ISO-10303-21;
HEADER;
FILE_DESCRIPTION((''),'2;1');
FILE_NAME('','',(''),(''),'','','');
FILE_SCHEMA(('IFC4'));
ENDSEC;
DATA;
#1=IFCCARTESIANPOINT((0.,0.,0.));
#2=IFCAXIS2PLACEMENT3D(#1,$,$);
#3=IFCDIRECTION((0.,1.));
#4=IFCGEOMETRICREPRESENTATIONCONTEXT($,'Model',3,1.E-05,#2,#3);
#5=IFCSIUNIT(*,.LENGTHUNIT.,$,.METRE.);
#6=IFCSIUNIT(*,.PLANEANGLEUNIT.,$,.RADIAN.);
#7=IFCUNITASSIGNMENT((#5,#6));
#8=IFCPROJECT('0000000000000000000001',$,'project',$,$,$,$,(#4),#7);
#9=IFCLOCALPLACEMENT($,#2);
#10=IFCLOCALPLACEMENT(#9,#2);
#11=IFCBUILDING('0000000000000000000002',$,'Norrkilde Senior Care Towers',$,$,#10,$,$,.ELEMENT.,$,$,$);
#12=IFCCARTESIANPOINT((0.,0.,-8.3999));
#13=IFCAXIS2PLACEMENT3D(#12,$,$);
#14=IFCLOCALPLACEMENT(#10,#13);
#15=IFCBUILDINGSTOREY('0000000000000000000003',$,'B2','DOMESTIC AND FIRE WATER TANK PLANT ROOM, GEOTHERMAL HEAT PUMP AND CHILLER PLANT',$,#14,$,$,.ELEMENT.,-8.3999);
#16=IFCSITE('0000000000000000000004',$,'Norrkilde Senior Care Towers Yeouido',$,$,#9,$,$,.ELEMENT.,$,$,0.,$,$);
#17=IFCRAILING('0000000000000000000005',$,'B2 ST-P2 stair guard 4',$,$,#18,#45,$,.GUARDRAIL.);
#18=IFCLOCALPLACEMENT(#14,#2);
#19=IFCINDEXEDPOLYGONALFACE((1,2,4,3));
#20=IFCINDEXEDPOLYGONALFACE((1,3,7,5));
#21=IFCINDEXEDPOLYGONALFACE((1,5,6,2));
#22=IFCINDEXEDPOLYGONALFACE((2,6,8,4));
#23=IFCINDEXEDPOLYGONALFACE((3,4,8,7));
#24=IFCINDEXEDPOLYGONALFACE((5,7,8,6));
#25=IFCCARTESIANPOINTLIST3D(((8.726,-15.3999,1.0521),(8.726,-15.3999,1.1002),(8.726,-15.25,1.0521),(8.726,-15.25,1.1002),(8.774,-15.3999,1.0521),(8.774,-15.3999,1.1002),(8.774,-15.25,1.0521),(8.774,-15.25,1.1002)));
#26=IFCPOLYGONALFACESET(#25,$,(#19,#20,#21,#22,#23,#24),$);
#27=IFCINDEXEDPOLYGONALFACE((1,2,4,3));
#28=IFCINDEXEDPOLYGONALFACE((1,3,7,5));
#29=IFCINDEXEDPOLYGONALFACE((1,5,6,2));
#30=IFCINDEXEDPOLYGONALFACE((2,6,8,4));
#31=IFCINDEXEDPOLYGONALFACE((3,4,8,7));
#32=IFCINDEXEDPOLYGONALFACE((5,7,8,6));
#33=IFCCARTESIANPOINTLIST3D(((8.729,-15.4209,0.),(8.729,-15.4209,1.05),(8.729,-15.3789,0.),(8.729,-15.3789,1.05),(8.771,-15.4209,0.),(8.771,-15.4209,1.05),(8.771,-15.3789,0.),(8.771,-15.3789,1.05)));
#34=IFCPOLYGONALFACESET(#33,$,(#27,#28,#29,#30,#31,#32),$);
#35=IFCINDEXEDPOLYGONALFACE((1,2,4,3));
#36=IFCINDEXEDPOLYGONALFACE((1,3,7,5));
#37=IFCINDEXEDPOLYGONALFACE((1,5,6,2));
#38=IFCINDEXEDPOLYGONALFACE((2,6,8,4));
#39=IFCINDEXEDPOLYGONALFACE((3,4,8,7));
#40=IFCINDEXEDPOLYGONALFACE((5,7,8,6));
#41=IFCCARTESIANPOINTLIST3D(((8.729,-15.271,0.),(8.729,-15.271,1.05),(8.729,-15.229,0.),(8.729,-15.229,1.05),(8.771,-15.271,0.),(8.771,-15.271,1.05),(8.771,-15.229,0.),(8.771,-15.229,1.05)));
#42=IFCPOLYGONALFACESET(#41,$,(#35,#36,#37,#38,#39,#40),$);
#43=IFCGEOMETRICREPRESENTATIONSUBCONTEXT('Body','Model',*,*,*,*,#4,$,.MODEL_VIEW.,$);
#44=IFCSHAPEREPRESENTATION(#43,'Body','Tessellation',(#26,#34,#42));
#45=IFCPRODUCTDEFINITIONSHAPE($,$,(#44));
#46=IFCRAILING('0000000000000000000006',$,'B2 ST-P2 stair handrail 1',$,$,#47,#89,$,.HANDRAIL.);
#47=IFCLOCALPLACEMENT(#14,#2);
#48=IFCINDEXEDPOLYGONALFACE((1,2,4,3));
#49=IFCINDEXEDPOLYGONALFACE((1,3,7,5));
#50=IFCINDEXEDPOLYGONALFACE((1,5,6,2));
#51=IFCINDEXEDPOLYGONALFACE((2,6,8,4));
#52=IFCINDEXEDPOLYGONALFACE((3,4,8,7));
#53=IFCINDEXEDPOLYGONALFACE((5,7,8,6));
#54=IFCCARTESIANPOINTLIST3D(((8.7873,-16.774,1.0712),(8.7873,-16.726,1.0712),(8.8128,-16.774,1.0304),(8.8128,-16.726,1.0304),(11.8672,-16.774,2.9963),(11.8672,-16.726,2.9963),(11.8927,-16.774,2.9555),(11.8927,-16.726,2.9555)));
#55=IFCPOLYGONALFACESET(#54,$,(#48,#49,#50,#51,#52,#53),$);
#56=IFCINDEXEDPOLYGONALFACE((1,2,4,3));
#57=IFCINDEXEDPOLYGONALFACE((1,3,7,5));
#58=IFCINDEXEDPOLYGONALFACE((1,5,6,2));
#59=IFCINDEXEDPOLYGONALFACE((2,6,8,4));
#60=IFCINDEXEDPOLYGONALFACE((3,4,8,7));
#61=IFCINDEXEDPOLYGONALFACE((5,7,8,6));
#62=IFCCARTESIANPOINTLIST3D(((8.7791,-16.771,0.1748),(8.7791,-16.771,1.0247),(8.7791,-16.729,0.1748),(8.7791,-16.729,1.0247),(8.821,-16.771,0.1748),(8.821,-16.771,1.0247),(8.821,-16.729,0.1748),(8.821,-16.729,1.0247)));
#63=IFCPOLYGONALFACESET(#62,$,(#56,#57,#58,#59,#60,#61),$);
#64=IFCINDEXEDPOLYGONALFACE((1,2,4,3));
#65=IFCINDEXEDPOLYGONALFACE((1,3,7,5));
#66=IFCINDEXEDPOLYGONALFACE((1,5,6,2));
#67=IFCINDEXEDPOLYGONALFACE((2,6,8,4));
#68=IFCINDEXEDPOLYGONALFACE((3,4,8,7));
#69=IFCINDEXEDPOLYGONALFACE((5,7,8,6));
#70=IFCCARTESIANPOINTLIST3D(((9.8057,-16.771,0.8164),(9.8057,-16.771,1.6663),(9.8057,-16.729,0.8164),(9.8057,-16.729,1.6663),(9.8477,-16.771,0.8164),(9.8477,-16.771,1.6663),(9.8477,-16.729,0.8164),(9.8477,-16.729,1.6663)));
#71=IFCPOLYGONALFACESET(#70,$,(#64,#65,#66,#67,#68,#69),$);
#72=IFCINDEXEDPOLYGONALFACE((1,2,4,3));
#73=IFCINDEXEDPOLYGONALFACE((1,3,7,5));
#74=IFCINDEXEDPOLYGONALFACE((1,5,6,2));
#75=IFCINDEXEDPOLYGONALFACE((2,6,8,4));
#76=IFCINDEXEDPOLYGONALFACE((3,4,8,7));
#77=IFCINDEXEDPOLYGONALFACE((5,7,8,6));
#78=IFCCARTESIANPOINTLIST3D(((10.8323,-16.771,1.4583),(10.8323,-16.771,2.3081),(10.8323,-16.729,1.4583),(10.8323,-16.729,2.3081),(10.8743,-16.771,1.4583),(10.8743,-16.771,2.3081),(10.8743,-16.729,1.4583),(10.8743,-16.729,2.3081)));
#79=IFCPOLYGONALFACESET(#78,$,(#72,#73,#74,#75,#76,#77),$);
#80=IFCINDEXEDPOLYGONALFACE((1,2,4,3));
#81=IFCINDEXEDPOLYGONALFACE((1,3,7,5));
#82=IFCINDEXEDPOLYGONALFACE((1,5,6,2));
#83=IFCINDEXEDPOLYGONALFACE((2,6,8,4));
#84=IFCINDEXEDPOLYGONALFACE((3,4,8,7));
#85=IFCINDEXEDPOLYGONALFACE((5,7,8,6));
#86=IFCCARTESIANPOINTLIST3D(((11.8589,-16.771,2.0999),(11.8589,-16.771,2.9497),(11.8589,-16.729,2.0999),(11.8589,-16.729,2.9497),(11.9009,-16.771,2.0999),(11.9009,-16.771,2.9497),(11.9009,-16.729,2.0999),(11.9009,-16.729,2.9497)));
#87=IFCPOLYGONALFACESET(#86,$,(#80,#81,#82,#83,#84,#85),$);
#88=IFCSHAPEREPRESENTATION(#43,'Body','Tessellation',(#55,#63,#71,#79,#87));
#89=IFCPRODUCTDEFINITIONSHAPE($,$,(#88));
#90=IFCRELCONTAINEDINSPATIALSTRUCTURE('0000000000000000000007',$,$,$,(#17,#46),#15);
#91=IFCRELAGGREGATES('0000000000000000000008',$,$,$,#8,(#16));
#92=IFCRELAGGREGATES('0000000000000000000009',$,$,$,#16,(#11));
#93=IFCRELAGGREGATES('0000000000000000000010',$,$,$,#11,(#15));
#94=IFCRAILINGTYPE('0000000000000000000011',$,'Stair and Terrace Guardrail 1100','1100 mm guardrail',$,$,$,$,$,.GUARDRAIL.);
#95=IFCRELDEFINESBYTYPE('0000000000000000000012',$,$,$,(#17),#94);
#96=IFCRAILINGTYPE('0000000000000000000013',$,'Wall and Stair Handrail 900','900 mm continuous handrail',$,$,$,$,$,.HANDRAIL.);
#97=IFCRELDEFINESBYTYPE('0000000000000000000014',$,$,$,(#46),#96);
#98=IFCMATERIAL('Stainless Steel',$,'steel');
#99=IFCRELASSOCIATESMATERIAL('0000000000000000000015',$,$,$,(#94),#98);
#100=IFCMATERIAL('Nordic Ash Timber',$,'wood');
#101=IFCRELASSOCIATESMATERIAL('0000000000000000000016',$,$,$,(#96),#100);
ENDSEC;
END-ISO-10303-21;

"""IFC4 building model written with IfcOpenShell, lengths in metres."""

from ifc_helpers import new_model, si_unit, direction, frame, origin, origin_2d, place, context, subcontext, project, spatial, rectangle, extrude, material, type_object, element, save


model = new_model("IFC4")

# Units and contexts
model_context = context("Model", 3, precision=1e-05, world=origin(), true_north=direction((0.0, 1.0)))
body_context = subcontext(model_context, "Body", "Model", "MODEL_VIEW")
ifc_project = project(units=[si_unit("LENGTHUNIT", "METRE"), si_unit("PLANEANGLEUNIT", "RADIAN")], contexts=[model_context])

# Site, building, storey
site_placement = place(None, origin())
site = spatial("IfcSite", under=ifc_project, at=site_placement, Name="Norrkilde Senior Care Towers Yeouido", CompositionType="ELEMENT", RefElevation=0.0)
building_placement = place(site_placement, origin())
building = spatial("IfcBuilding", under=site, at=building_placement, Name="Norrkilde Senior Care Towers", CompositionType="ELEMENT")
storey_placement = place(building_placement, frame((0.0, 0.0, -8.3999)))
storey = spatial("IfcBuildingStorey", under=building, at=storey_placement, Name="B2", Description="DOMESTIC AND FIRE WATER TANK PLANT ROOM, GEOTHERMAL HEAT PUMP AND CHILLER PLANT", CompositionType="ELEMENT", Elevation=-8.3999)

# Railings
ifc_material_1 = material(Name="Stainless Steel", Category="steel")
railing_type_1 = type_object("IfcRailingType", Name="Stair and Terrace Guardrail 1100", Description="1100 mm guardrail", PredefinedType="GUARDRAIL", material=ifc_material_1)
railing_1_placement = place(storey_placement, frame((8.75, -15.3999, 0.0)))
element("IfcRailing", 1, at=railing_1_placement, inside=storey, type_object=railing_type_1, Name="B2 ST-P2 stair guard 4", PredefinedType="GUARDRAIL", context=body_context, shape_type="SweptSolid", body=[
    extrude(rectangle(XDim=0.0481, YDim=0.0481, at=origin_2d()), frame((0.0, 0.0, 1.0762), z_axis=(0.0, 1.0, 0.0), x_axis=(-1.0, 0.0, 0.0)), (0.0, 0.0, 1.0), 0.1499),
    extrude(rectangle(XDim=0.042, YDim=0.042, at=origin_2d()), origin(), (0.0, 0.0, 1.0), 1.05),
    extrude(rectangle(XDim=0.042, YDim=0.042, at=origin_2d()), frame((0.0, 0.1499, 0.0)), (0.0, 0.0, 1.0), 1.05),
])
ifc_material_2 = material(Name="Nordic Ash Timber", Category="wood")
railing_type_2 = type_object("IfcRailingType", Name="Wall and Stair Handrail 900", Description="900 mm continuous handrail", PredefinedType="HANDRAIL", material=ifc_material_2)
railing_2_placement = place(storey_placement, frame((8.8, -16.75, 0.1748)))
element("IfcRailing", 2, at=railing_2_placement, inside=storey, type_object=railing_type_2, Name="B2 ST-P2 stair handrail 1", PredefinedType="HANDRAIL", context=body_context, shape_type="SweptSolid", body=[
    extrude(rectangle(XDim=0.0481, YDim=0.0481, at=origin_2d()), frame((0.0, 0.0, 0.876), z_axis=(0.847979, 0.0, 0.530029), x_axis=(0.0, 1.0, 0.0)), (0.0, 0.0, 1.0), 3.6321),
    extrude(rectangle(XDim=0.042, YDim=0.042, at=origin_2d()), origin(), (0.0, 0.0, 1.0), 0.8499),
    extrude(rectangle(XDim=0.042, YDim=0.042, at=origin_2d()), frame((1.0266, 0.0, 0.6416)), (0.0, 0.0, 1.0), 0.8499),
    extrude(rectangle(XDim=0.042, YDim=0.042, at=origin_2d()), frame((2.0532, 0.0, 1.2834)), (0.0, 0.0, 1.0), 0.8499),
    extrude(rectangle(XDim=0.042, YDim=0.042, at=origin_2d()), frame((3.0798, 0.0, 1.925)), (0.0, 0.0, 1.0), 0.8499),
])

save(model, "model.ifc")
